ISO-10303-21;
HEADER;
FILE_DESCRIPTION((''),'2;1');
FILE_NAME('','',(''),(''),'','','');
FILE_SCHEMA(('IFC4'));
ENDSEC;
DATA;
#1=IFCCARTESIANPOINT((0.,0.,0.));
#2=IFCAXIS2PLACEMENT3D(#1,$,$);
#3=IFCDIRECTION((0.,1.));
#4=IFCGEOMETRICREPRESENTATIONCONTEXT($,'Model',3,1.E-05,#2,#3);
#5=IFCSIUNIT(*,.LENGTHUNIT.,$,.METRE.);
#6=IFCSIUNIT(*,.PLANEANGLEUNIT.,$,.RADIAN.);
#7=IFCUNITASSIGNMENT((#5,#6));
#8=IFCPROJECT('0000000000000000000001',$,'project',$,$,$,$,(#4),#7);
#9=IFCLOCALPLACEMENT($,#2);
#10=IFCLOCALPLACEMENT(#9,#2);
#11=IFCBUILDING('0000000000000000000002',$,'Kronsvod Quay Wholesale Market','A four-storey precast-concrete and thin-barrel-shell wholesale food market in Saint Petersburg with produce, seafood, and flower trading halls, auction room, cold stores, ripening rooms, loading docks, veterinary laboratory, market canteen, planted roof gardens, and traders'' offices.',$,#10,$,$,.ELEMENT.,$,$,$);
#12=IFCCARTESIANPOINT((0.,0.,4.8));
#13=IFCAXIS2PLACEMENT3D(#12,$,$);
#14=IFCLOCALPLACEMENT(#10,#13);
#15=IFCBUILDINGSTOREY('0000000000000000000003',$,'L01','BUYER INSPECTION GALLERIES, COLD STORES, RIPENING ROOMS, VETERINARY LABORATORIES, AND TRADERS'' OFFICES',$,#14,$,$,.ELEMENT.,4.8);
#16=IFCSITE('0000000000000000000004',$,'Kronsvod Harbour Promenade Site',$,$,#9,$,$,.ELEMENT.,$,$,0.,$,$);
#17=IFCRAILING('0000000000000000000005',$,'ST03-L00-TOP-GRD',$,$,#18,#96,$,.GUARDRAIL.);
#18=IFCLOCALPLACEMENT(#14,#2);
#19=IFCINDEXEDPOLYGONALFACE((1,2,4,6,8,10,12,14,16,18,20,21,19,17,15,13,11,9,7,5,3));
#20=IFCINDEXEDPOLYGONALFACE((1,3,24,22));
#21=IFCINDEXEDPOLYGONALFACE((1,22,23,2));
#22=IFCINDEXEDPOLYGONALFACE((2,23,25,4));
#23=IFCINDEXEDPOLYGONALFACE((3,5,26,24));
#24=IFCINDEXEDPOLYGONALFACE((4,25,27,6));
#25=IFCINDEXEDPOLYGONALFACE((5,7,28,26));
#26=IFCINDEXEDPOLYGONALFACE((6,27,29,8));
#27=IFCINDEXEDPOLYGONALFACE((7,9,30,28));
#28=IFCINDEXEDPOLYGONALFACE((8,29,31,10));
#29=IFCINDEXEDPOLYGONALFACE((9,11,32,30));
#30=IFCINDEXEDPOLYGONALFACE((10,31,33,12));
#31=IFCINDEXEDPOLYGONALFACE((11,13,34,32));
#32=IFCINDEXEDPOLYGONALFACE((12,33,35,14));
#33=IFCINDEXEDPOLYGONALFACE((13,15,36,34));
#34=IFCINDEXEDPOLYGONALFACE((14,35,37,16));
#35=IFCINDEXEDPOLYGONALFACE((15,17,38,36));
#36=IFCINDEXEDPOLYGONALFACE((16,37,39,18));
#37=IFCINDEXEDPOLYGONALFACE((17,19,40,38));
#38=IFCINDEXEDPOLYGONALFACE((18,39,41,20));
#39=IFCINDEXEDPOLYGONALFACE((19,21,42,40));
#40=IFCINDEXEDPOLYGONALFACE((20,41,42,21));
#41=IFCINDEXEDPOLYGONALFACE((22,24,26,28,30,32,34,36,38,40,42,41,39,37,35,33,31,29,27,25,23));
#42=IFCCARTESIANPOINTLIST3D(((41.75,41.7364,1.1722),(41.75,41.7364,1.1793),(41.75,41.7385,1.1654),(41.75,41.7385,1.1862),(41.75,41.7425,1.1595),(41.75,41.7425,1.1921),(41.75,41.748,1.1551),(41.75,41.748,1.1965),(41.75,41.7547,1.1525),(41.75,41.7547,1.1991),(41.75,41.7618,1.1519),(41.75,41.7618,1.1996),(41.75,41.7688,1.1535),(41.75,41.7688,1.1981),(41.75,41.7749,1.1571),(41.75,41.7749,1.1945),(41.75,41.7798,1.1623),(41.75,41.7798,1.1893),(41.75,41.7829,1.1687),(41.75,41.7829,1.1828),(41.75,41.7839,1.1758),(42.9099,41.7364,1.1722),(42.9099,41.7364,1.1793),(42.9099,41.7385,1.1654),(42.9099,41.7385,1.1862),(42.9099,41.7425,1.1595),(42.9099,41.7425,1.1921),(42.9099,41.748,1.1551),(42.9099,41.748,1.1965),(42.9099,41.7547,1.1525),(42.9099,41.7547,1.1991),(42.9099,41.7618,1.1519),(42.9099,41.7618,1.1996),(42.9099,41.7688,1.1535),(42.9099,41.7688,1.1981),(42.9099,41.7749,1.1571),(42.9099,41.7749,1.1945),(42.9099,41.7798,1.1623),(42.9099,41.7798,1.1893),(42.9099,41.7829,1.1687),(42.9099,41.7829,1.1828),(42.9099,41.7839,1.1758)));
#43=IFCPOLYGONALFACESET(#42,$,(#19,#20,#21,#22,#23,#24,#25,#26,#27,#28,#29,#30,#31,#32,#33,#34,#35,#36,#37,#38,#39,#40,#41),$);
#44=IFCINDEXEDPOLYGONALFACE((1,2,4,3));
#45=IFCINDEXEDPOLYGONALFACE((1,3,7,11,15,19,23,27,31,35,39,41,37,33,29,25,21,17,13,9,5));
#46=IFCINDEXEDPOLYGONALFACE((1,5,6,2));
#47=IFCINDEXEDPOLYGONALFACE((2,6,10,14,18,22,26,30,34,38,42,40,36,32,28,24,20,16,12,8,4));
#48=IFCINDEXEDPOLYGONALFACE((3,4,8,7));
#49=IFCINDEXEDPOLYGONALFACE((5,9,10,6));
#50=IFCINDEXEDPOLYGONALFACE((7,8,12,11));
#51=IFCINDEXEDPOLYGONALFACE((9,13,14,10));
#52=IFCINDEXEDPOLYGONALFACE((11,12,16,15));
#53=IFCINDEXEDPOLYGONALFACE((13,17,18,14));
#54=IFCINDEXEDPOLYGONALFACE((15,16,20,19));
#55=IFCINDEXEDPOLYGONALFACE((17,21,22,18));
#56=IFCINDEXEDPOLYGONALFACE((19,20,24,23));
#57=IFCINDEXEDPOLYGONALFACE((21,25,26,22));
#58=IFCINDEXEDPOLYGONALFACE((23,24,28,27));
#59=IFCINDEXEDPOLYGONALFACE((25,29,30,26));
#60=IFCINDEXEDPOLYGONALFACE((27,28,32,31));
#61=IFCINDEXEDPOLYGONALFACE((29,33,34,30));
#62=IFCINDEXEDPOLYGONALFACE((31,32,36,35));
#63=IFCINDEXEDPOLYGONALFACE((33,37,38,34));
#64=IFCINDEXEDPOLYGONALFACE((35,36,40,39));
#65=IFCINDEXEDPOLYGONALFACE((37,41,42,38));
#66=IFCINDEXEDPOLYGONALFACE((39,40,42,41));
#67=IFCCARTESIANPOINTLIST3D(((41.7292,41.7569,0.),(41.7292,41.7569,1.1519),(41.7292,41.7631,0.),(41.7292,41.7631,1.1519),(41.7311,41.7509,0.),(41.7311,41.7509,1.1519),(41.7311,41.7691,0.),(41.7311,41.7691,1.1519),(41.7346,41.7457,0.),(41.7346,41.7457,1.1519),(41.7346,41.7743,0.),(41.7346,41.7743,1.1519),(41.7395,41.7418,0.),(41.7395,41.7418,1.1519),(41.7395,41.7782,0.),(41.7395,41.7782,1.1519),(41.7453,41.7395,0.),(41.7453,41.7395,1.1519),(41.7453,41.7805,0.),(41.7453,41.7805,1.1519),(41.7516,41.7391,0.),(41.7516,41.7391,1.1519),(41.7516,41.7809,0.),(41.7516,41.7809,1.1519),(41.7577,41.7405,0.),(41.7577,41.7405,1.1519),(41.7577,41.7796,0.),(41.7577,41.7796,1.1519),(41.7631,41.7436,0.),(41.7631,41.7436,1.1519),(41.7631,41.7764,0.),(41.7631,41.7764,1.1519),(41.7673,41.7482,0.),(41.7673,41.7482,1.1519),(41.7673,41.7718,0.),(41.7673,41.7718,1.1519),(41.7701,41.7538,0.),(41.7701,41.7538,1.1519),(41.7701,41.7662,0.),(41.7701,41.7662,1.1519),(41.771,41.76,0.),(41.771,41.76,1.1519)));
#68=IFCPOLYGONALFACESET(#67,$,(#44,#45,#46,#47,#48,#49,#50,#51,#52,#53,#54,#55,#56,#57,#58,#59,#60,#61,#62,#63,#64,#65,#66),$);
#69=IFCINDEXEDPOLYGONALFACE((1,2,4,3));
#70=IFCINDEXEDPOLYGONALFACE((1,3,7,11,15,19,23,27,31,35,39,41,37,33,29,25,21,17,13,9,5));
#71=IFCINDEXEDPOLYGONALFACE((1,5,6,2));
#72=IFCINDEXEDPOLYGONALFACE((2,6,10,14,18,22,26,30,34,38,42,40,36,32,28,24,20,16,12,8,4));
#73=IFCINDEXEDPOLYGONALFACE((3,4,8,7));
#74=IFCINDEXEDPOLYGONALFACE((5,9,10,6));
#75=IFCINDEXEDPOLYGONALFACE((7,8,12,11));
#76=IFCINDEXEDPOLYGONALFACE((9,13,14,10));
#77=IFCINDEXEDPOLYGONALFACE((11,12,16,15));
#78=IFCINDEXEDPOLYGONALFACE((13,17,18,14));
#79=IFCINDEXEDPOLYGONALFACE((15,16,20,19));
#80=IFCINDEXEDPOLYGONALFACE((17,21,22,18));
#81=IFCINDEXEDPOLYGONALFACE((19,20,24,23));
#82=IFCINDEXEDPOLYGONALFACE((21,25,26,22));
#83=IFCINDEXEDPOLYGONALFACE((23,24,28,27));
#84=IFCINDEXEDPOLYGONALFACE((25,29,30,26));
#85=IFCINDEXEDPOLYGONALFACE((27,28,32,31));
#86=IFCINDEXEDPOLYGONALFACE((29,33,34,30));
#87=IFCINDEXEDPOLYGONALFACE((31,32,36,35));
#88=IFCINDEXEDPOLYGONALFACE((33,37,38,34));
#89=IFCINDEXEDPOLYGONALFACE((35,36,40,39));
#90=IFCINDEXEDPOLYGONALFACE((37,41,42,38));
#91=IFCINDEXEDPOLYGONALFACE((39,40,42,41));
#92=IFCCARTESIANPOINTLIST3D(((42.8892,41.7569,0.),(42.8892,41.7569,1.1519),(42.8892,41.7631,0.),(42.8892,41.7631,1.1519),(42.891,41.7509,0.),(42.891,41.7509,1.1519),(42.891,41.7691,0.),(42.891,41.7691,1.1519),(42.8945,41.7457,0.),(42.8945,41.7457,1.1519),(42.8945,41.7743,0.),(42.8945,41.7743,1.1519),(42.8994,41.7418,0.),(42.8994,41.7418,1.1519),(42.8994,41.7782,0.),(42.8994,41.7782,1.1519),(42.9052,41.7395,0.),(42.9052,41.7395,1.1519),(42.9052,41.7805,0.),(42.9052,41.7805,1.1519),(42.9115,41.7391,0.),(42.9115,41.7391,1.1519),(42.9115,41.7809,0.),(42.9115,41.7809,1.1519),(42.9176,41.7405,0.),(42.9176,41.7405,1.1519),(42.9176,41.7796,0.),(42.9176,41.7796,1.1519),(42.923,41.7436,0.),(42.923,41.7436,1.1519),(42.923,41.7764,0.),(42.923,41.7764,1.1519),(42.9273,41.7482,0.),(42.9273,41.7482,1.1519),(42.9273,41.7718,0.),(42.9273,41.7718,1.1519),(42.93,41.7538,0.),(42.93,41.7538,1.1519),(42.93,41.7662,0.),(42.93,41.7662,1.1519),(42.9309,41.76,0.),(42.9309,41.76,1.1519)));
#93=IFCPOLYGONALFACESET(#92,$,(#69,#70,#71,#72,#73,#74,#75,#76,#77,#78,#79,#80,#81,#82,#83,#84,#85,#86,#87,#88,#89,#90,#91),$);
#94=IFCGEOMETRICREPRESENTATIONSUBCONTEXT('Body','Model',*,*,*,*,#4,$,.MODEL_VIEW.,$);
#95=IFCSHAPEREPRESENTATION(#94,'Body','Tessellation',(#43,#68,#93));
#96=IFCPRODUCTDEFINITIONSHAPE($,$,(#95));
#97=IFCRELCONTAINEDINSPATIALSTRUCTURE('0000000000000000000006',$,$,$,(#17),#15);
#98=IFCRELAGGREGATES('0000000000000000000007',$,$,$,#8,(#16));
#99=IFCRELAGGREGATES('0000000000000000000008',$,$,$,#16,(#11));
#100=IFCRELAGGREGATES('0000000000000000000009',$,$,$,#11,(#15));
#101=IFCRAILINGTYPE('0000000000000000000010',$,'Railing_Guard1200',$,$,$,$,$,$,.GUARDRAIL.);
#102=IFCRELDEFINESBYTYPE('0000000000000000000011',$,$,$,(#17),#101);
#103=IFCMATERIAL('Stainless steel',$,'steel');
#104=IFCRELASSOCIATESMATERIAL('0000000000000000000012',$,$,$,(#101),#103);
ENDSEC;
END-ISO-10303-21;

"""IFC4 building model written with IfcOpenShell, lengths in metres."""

from ifc_helpers import new_model, si_unit, direction, frame, origin, origin_2d, place, context, subcontext, project, spatial, circle, extrude, material, type_object, element, save


model = new_model("IFC4")

# Units and contexts
model_context = context("Model", 3, precision=1e-05, world=origin(), true_north=direction((0.0, 1.0)))
body_context = subcontext(model_context, "Body", "Model", "MODEL_VIEW")
ifc_project = project(units=[si_unit("LENGTHUNIT", "METRE"), si_unit("PLANEANGLEUNIT", "RADIAN")], contexts=[model_context])

# Site, building, storey
site_placement = place(None, origin())
site = spatial("IfcSite", under=ifc_project, at=site_placement, Name="Kronsvod Harbour Promenade Site", CompositionType="ELEMENT", RefElevation=0.0)
building_placement = place(site_placement, origin())
building = spatial("IfcBuilding", under=site, at=building_placement, Name="Kronsvod Quay Wholesale Market", Description="A four-storey precast-concrete and thin-barrel-shell wholesale food market in Saint Petersburg with produce, seafood, and flower trading halls, auction room, cold stores, ripening rooms, loading docks, veterinary laboratory, market canteen, planted roof gardens, and traders' offices.", CompositionType="ELEMENT")
storey_placement = place(building_placement, frame((0.0, 0.0, 4.8)))
storey = spatial("IfcBuildingStorey", under=building, at=storey_placement, Name="L01", Description="BUYER INSPECTION GALLERIES, COLD STORES, RIPENING ROOMS, VETERINARY LABORATORIES, AND TRADERS' OFFICES", CompositionType="ELEMENT", Elevation=4.8)

# Railing
ifc_material_1 = material(Name="Stainless steel", Category="steel")
railing_type_1 = type_object("IfcRailingType", Name="Railing_Guard1200", PredefinedType="GUARDRAIL", material=ifc_material_1)
railing_1_placement = place(storey_placement, frame((41.75, 41.76, 0.0)))
element("IfcRailing", 1, at=railing_1_placement, inside=storey, type_object=railing_type_1, Name="ST03-L00-TOP-GRD", PredefinedType="GUARDRAIL", context=body_context, shape_type="SweptSolid", body=[
    extrude(circle(Radius=0.0239, at=origin_2d()), frame((0.0, 0.0, 1.1758), z_axis=(1.0, 0.0, 0.0), x_axis=(0.0, 1.0, 0.0)), (0.0, 0.0, 1.0), 1.1599),
    extrude(circle(Radius=0.021, at=origin_2d()), origin(), (0.0, 0.0, 1.0), 1.1519),
    extrude(circle(Radius=0.021, at=origin_2d()), frame((1.1599, 0.0, 0.0)), (0.0, 0.0, 1.0), 1.1519),
])

save(model, "model.ifc")
